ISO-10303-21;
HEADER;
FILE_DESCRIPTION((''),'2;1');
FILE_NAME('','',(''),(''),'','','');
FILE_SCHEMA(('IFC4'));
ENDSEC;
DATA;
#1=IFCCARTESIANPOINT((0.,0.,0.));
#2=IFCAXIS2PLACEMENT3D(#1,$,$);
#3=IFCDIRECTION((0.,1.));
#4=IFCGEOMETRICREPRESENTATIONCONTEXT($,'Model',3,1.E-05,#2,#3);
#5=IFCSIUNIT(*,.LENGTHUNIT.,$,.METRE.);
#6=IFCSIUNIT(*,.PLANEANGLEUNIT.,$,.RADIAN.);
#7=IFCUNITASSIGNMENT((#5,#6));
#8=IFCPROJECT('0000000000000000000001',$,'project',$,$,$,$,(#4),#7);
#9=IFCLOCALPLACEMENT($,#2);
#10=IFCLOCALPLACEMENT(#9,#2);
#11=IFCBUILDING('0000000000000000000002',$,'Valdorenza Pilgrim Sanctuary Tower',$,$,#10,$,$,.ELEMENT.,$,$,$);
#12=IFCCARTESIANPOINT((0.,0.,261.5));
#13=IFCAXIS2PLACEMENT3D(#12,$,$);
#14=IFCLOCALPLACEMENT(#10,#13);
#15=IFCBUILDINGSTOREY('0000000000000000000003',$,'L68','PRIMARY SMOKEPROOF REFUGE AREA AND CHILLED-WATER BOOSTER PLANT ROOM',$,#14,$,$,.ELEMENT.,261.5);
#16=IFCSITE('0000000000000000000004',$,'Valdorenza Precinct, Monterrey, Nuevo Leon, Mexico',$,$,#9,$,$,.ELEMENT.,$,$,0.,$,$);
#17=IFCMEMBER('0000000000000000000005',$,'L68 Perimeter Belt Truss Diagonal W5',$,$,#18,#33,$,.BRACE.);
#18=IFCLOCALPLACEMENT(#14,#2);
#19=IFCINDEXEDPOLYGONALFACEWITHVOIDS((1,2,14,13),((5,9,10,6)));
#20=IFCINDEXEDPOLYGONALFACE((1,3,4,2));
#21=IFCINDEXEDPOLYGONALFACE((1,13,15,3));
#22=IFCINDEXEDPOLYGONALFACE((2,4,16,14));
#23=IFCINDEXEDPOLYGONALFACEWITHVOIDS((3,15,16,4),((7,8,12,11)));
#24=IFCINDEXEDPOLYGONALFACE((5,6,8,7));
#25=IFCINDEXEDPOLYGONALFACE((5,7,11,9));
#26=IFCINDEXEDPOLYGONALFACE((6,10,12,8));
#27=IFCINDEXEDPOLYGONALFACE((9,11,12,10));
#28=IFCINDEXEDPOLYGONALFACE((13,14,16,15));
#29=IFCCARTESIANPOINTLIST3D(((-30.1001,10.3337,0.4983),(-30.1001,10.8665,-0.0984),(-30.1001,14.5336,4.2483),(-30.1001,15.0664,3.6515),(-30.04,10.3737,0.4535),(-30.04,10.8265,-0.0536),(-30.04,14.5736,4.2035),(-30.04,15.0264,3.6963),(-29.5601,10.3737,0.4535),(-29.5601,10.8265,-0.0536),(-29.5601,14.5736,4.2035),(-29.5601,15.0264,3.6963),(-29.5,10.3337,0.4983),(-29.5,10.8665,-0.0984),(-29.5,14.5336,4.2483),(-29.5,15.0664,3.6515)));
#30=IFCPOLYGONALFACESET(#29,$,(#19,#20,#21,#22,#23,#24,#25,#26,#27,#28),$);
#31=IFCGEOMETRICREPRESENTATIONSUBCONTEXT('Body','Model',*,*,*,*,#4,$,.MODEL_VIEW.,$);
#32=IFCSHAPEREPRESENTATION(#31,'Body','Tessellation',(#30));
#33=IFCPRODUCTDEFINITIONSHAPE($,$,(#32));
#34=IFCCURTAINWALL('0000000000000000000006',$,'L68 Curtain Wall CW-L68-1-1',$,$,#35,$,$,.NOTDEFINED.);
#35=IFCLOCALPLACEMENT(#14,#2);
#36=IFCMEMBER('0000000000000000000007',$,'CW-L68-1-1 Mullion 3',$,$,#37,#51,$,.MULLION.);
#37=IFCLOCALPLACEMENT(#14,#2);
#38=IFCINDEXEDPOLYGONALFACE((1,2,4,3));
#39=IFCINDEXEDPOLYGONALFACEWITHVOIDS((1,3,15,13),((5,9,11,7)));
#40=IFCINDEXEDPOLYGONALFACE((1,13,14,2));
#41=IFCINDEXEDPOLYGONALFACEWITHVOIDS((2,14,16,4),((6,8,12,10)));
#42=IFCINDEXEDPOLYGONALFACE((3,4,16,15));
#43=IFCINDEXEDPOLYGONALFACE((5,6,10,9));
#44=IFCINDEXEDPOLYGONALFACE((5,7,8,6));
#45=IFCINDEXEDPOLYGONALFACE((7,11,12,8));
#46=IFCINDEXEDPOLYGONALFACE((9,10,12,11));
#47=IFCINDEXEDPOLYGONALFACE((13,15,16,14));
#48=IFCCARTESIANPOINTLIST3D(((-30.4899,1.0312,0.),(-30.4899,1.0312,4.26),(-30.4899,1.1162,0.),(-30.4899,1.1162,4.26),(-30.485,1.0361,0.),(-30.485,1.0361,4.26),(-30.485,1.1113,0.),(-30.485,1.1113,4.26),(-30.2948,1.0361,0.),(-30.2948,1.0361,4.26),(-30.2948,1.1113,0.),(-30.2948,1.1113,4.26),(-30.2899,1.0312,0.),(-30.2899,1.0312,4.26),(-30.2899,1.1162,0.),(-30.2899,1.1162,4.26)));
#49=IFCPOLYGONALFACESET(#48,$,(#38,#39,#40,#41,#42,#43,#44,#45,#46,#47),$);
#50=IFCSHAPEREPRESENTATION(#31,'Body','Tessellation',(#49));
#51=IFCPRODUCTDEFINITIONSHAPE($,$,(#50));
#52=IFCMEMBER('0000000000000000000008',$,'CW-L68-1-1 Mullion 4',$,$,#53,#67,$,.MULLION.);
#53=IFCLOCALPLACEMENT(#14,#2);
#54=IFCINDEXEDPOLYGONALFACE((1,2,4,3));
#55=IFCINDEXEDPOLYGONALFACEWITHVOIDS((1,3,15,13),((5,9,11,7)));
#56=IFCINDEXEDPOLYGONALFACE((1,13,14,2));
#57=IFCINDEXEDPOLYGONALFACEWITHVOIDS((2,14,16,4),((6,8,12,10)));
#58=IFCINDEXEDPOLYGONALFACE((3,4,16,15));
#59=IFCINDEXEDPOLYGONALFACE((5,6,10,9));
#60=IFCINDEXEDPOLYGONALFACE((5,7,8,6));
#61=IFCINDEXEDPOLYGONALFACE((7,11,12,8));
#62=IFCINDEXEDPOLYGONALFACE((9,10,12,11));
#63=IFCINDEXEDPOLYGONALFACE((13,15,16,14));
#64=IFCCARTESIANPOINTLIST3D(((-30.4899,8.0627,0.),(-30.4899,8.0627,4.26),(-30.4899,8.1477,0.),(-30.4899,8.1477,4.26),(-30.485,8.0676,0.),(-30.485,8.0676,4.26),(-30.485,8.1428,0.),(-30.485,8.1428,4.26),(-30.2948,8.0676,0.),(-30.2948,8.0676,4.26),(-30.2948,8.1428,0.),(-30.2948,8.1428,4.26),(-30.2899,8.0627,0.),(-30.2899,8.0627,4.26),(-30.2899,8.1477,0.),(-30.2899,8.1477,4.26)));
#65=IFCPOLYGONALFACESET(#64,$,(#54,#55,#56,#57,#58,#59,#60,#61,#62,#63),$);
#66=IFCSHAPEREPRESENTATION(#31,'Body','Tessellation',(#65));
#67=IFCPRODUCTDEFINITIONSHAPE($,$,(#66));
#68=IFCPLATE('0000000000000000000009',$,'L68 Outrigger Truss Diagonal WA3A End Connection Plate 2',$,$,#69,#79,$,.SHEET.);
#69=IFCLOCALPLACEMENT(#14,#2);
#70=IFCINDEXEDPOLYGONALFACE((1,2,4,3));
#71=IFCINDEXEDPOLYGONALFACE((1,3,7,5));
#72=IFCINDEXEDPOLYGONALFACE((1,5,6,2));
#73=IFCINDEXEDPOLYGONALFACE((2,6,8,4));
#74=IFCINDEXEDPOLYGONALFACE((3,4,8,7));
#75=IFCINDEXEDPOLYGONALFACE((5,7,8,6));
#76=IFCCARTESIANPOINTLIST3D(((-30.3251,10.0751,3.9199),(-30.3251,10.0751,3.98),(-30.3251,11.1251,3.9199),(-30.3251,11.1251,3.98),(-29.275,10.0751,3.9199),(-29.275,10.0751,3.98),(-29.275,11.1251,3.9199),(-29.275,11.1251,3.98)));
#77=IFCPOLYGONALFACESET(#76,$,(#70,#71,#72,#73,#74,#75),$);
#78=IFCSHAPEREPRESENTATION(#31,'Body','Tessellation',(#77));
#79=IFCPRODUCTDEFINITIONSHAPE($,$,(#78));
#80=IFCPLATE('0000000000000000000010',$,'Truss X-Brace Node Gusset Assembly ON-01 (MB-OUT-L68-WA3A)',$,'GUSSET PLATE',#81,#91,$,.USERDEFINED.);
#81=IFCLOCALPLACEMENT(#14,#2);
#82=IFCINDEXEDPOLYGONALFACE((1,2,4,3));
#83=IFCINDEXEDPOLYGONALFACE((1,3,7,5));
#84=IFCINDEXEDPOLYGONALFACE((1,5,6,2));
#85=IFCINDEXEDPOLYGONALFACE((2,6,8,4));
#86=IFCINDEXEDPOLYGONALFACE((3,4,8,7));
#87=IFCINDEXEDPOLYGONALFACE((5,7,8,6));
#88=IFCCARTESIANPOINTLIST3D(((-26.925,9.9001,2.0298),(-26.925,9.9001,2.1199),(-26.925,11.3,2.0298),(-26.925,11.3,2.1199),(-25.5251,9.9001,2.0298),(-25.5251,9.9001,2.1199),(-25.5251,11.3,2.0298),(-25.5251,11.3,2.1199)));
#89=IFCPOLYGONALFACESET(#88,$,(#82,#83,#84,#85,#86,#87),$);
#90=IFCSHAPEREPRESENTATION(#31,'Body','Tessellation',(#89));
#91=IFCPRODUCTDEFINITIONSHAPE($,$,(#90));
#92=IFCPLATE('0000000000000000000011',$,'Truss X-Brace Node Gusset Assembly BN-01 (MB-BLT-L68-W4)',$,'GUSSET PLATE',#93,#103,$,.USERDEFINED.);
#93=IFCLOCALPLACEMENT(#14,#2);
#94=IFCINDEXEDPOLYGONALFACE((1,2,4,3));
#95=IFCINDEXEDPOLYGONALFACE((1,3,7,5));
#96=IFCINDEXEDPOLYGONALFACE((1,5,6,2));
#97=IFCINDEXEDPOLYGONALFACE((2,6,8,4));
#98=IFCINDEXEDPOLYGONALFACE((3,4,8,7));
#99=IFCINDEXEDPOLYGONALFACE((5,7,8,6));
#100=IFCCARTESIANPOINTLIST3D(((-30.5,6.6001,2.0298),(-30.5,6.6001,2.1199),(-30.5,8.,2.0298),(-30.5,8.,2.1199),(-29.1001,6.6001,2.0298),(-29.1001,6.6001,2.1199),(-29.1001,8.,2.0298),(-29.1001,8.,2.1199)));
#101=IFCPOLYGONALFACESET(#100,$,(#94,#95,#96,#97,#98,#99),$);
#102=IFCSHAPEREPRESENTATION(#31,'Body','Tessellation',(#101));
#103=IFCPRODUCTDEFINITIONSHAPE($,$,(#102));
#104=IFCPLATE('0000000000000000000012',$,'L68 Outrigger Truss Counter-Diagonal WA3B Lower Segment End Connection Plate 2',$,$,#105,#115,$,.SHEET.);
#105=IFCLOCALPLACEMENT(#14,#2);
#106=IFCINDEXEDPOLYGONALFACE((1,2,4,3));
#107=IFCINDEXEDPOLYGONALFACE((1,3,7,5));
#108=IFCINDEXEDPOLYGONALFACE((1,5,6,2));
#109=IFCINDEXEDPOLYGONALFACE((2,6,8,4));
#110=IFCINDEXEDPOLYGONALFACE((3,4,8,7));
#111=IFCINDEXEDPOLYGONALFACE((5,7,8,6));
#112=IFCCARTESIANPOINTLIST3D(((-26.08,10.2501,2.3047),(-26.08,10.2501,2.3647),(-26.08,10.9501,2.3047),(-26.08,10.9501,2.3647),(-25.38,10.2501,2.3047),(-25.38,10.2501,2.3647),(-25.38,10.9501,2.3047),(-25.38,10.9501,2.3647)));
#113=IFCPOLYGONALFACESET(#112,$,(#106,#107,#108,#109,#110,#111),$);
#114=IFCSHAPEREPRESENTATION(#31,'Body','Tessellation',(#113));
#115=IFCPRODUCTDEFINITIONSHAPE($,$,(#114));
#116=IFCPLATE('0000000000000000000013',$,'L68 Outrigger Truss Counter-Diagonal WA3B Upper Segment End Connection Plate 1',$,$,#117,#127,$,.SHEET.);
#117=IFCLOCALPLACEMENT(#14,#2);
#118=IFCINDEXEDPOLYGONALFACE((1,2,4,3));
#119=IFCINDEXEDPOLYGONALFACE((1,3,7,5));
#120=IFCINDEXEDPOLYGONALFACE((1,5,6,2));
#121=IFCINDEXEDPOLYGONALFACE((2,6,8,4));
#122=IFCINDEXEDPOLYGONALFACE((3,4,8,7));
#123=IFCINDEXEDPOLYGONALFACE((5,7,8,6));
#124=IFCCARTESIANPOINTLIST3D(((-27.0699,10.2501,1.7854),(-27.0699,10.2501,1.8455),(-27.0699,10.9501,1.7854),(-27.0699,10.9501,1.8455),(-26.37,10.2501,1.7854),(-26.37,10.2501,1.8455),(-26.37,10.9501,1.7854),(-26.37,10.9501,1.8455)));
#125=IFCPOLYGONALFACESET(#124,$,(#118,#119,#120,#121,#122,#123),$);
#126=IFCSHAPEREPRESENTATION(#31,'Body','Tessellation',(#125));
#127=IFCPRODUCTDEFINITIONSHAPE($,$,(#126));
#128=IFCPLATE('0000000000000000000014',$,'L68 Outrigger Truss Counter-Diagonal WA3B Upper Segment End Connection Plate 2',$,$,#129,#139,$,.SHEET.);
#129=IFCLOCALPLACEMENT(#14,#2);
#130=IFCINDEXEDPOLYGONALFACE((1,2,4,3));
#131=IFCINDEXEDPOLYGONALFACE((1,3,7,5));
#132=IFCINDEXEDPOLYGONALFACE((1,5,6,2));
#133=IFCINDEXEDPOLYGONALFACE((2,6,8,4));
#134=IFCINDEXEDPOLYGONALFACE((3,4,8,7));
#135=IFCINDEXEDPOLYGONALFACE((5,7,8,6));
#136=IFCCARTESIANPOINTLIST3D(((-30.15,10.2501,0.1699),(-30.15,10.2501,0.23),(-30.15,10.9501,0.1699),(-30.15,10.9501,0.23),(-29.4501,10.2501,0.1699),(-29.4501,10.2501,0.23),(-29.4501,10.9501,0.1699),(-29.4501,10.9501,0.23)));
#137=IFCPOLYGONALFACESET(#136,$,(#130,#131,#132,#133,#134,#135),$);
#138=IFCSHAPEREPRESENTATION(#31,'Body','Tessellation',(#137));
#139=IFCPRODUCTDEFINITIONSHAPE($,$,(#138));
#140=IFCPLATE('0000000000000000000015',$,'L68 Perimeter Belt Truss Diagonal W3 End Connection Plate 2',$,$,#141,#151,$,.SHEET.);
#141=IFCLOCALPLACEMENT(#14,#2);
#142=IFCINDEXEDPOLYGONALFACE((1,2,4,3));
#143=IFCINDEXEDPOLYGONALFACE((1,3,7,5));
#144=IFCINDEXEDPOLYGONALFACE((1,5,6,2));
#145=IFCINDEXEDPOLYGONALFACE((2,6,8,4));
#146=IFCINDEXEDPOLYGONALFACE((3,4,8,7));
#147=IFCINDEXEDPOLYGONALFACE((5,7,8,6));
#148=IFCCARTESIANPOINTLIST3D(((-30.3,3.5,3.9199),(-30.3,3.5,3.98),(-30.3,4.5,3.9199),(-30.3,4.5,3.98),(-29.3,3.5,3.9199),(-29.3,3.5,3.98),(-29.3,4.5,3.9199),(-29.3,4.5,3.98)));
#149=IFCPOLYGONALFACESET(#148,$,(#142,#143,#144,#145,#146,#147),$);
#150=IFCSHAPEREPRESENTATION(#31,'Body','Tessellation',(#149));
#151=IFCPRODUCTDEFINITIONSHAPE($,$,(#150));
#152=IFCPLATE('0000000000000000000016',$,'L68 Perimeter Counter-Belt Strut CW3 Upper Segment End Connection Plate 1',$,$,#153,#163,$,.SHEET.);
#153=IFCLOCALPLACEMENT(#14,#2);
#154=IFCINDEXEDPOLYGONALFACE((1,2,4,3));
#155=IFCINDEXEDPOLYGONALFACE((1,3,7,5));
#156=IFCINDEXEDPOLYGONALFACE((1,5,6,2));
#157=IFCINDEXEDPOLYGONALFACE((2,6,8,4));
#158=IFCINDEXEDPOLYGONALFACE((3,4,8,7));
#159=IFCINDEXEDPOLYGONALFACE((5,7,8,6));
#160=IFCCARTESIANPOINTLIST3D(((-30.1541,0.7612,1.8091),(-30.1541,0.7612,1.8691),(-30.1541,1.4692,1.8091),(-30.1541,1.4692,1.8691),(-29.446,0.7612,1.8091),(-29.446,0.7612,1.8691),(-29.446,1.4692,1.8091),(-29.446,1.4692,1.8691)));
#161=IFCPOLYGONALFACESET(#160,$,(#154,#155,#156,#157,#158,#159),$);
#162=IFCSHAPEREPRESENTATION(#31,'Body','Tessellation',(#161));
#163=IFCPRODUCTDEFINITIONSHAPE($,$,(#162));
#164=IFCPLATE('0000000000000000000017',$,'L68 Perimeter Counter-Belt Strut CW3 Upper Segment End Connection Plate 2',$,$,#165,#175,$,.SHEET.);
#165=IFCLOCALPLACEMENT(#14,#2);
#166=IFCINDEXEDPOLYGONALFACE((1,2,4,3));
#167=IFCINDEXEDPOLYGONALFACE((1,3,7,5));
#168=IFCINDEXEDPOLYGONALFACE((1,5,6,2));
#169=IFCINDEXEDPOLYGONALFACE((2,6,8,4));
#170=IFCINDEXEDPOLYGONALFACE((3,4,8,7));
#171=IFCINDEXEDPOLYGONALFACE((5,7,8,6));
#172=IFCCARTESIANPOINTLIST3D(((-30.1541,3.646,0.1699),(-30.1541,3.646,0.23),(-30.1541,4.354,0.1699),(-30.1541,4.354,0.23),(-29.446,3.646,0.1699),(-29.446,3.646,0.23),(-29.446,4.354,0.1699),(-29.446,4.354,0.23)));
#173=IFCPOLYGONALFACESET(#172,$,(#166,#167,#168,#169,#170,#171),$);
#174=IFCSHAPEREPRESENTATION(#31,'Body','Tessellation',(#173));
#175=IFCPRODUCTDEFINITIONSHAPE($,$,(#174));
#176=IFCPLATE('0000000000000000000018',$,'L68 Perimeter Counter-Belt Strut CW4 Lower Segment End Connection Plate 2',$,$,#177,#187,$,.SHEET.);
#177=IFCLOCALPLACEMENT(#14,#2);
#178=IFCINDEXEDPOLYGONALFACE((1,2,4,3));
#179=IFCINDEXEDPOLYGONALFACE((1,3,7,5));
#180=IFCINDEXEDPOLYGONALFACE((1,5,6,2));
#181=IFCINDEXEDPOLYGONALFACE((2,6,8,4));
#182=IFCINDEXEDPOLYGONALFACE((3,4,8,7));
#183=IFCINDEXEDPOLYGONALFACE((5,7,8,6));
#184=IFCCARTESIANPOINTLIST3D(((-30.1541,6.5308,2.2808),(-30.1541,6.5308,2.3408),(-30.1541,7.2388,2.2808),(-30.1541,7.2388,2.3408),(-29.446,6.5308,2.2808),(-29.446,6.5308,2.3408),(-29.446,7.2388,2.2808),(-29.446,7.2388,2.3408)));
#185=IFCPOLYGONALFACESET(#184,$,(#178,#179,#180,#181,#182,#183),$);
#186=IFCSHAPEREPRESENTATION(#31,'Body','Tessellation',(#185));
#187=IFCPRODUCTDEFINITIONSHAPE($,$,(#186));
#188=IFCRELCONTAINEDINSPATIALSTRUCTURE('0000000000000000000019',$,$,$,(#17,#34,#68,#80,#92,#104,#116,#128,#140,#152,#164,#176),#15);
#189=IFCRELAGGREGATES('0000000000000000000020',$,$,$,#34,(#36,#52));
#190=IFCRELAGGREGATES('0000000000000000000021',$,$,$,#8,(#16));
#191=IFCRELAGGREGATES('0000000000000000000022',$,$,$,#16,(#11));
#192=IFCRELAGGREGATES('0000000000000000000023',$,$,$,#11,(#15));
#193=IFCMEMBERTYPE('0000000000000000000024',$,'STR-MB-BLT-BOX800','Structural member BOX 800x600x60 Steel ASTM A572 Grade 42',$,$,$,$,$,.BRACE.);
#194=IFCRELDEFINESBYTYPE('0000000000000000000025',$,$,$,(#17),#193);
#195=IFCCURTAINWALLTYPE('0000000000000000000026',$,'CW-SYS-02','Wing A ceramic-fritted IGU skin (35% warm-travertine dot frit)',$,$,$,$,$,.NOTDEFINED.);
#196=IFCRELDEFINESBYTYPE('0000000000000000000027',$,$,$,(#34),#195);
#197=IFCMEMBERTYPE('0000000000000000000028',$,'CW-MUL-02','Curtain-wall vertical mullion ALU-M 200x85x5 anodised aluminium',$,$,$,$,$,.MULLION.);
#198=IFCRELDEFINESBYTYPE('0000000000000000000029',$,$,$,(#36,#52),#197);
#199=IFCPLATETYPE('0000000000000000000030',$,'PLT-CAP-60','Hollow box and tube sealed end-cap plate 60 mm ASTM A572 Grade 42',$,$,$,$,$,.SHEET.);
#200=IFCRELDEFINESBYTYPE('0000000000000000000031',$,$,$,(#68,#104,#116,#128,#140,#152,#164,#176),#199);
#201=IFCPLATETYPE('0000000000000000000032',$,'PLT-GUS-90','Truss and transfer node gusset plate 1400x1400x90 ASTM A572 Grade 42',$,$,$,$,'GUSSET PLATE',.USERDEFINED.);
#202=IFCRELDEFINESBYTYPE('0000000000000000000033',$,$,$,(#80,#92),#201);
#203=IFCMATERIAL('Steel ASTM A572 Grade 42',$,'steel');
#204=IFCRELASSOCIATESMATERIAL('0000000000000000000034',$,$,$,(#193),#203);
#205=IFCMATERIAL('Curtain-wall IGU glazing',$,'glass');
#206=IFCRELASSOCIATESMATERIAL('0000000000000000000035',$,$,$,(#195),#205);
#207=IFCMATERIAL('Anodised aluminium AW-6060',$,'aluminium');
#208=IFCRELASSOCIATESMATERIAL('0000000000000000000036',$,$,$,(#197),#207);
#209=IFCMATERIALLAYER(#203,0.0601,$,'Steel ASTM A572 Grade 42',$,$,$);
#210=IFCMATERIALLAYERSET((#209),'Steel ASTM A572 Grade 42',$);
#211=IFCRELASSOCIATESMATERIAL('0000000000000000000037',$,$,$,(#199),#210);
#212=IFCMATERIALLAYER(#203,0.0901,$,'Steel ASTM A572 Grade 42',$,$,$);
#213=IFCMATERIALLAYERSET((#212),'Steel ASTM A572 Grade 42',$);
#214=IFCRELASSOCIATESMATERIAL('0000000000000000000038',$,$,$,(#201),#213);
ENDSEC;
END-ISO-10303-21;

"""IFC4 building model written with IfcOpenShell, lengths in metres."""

from ifc_helpers import new_model, si_unit, direction, frame, origin, origin_2d, place, context, subcontext, project, spatial, rectangle, hollow_rectangle, extrude, source, transform, mapped, material, layer, layer_set, material_profile, profile_set, type_object, element, aggregate, save


model = new_model("IFC4")

# Units and contexts
model_context = context("Model", 3, precision=1e-05, world=origin(), true_north=direction((0.0, 1.0)))
body_context = subcontext(model_context, "Body", "Model", "MODEL_VIEW")
ifc_project = project(units=[si_unit("LENGTHUNIT", "METRE"), si_unit("PLANEANGLEUNIT", "RADIAN")], contexts=[model_context])

# Site, building, storey
site_placement = place(None, origin())
site = spatial("IfcSite", under=ifc_project, at=site_placement, Name="Valdorenza Precinct, Monterrey, Nuevo Leon, Mexico", CompositionType="ELEMENT", RefElevation=0.0)
building_placement = place(site_placement, origin())
building = spatial("IfcBuilding", under=site, at=building_placement, Name="Valdorenza Pilgrim Sanctuary Tower", CompositionType="ELEMENT")
storey_placement = place(building_placement, frame((0.0, 0.0, 261.5)))
storey = spatial("IfcBuildingStorey", under=building, at=storey_placement, Name="L68", Description="PRIMARY SMOKEPROOF REFUGE AREA AND CHILLED-WATER BOOSTER PLANT ROOM", CompositionType="ELEMENT", Elevation=261.5)

# Member
ifc_material_1 = material(Name="Steel ASTM A572 Grade 42", Category="steel")
ifc_material_profile_1 = material_profile(ifc_material_1, hollow_rectangle(XDim=0.6001, YDim=0.8, WallThickness=0.0601, at=origin_2d()), Name="BOX 800x600x60")
ifc_profile_set_1 = profile_set([ifc_material_profile_1], Name="Steel ASTM A572 Grade 42")
member_type_1 = type_object("IfcMemberType", Name="STR-MB-BLT-BOX800", Description="Structural member BOX 800x600x60 Steel ASTM A572 Grade 42", PredefinedType="BRACE", material=ifc_profile_set_1)
shared_shape_1 = source(origin(), body_context, "Body", "SweptSolid", [
    extrude(hollow_rectangle(XDim=0.6001, YDim=0.8, WallThickness=0.0601, at=origin_2d()), origin(), (0.0, 0.0, 1.0), 5.6304),
])
member_1_placement = place(storey_placement, frame((-29.8, 10.6001, 0.2), z_axis=(0.0, 0.745934, 0.66602), x_axis=(-1.0, 0.0, 0.0)))
element("IfcMember", 1, at=member_1_placement, inside=storey, type_object=member_type_1, Name="L68 Perimeter Belt Truss Diagonal W5", PredefinedType="BRACE", context=body_context, shape_type="MappedRepresentation", body=[
    mapped(shared_shape_1, transform((0.0, 0.0, 0.0), x_axis=(1.0, 0.0, 0.0), y_axis=(0.0, 1.0, 0.0), z_axis=(0.0, 0.0, 1.0), scale=1.0)),
])

# Curtain wall, members
ifc_material_2 = material(Name="Curtain-wall IGU glazing", Category="glass")
curtain_wall_type = type_object("IfcCurtainWallType", Name="CW-SYS-02", Description="Wing A ceramic-fritted IGU skin (35% warm-travertine dot frit)", PredefinedType="NOTDEFINED", material=ifc_material_2)
curtain_wall_placement = place(storey_placement, origin())
curtain_wall = element("IfcCurtainWall", 2, at=curtain_wall_placement, inside=storey, type_object=curtain_wall_type, Name="L68 Curtain Wall CW-L68-1-1", PredefinedType="NOTDEFINED")
ifc_material_3 = material(Name="Anodised aluminium AW-6060", Category="aluminium")
ifc_material_profile_2 = material_profile(ifc_material_3, hollow_rectangle(XDim=0.085, YDim=0.2, WallThickness=0.0049, at=origin_2d()), Name="ALU-M 200x85x5")
ifc_profile_set_2 = profile_set([ifc_material_profile_2], Name="Anodised aluminium AW-6060")
member_type_2 = type_object("IfcMemberType", Name="CW-MUL-02", Description="Curtain-wall vertical mullion ALU-M 200x85x5 anodised aluminium", PredefinedType="MULLION", material=ifc_profile_set_2)
shared_shape_2 = source(origin(), body_context, "Body", "SweptSolid", [
    extrude(hollow_rectangle(XDim=0.085, YDim=0.2, WallThickness=0.0049, at=origin_2d()), origin(), (0.0, 0.0, 1.0), 4.26),
])
member_2_placement = place(storey_placement, frame((-30.3899, 1.0737, 0.0), z_axis=(0.0, 0.0, 1.0), x_axis=(0.0, 1.0, 0.0)))
member_2 = element("IfcMember", 3, at=member_2_placement, type_object=member_type_2, Name="CW-L68-1-1 Mullion 3", PredefinedType="MULLION", context=body_context, shape_type="MappedRepresentation", body=[
    mapped(shared_shape_2, transform((0.0, 0.0, 0.0), x_axis=(1.0, 0.0, 0.0), y_axis=(0.0, 1.0, 0.0), z_axis=(0.0, 0.0, 1.0), scale=1.0)),
])
member_3_placement = place(storey_placement, frame((-30.3899, 8.1052, 0.0), z_axis=(0.0, 0.0, 1.0), x_axis=(0.0, 1.0, 0.0)))
member_3 = element("IfcMember", 4, at=member_3_placement, type_object=member_type_2, Name="CW-L68-1-1 Mullion 4", PredefinedType="MULLION", context=body_context, shape_type="MappedRepresentation", body=[
    mapped(shared_shape_2, transform((0.0, 0.0, 0.0), x_axis=(1.0, 0.0, 0.0), y_axis=(0.0, 1.0, 0.0), z_axis=(0.0, 0.0, 1.0), scale=1.0)),
])

# Plates
ifc_layer_1 = layer(ifc_material_1, 0.0601, Name="Steel ASTM A572 Grade 42")
ifc_layer_set_1 = layer_set([ifc_layer_1], Name="Steel ASTM A572 Grade 42")
plate_type_1 = type_object("IfcPlateType", Name="PLT-CAP-60", Description="Hollow box and tube sealed end-cap plate 60 mm ASTM A572 Grade 42", PredefinedType="SHEET", material=ifc_layer_set_1)
shared_shape_3 = source(origin(), body_context, "Body", "SweptSolid", [
    extrude(rectangle(XDim=1.05, YDim=1.05, at=origin_2d()), origin(), (0.0, 0.0, 1.0), 0.0601),
])
plate_1_placement = place(storey_placement, frame((-29.8, 10.6001, 3.9199), z_axis=(0.0, 0.0, 1.0), x_axis=(1.0, 0.0, 0.0)))
element("IfcPlate", 5, at=plate_1_placement, inside=storey, type_object=plate_type_1, Name="L68 Outrigger Truss Diagonal WA3A End Connection Plate 2", PredefinedType="SHEET", context=body_context, shape_type="MappedRepresentation", body=[
    mapped(shared_shape_3, transform((0.0, 0.0, 0.0), x_axis=(1.0, 0.0, 0.0), y_axis=(0.0, 1.0, 0.0), z_axis=(0.0, 0.0, 1.0), scale=1.0)),
])
ifc_layer_2 = layer(ifc_material_1, 0.0901, Name="Steel ASTM A572 Grade 42")
ifc_layer_set_2 = layer_set([ifc_layer_2], Name="Steel ASTM A572 Grade 42")
plate_type_2 = type_object("IfcPlateType", Name="PLT-GUS-90", Description="Truss and transfer node gusset plate 1400x1400x90 ASTM A572 Grade 42", ElementType="GUSSET PLATE", PredefinedType="USERDEFINED", material=ifc_layer_set_2)
shared_shape_4 = source(origin(), body_context, "Body", "SweptSolid", [
    extrude(rectangle(XDim=1.3999, YDim=1.3999, at=origin_2d()), origin(), (0.0, 0.0, 1.0), 0.0901),
])
for number, where, z_axis, x_axis, name in (
    (6, (-26.2251, 10.6001, 2.0298), (0.0, 0.0, 1.0), (1.0, 0.0, 0.0), "Truss X-Brace Node Gusset Assembly ON-01 (MB-OUT-L68-WA3A)"),
    (7, (-29.8, 7.3, 2.0298), (0.0, 0.0, 1.0), (1.0, 0.0, 0.0), "Truss X-Brace Node Gusset Assembly BN-01 (MB-BLT-L68-W4)"),
):
    element("IfcPlate", number, at=place(storey_placement, frame(where, z_axis=z_axis, x_axis=x_axis)), inside=storey, type_object=plate_type_2, Name=name, ObjectType="GUSSET PLATE", PredefinedType="USERDEFINED", context=body_context, shape_type="MappedRepresentation", body=[
        mapped(shared_shape_4, transform((0.0, 0.0, 0.0), x_axis=(1.0, 0.0, 0.0), y_axis=(0.0, 1.0, 0.0), z_axis=(0.0, 0.0, 1.0), scale=1.0)),
    ])
shared_shape_5 = source(origin(), body_context, "Body", "SweptSolid", [
    extrude(rectangle(XDim=0.7, YDim=0.7, at=origin_2d()), origin(), (0.0, 0.0, 1.0), 0.0601),
])
for number, where, z_axis, x_axis, name in (
    (8, (-25.73, 10.6001, 2.3047), (0.0, 0.0, 1.0), (1.0, 0.0, 0.0), "L68 Outrigger Truss Counter-Diagonal WA3B Lower Segment End Connection Plate 2"),
    (9, (-26.72, 10.6001, 1.7854), (0.0, 0.0, 1.0), (1.0, 0.0, 0.0), "L68 Outrigger Truss Counter-Diagonal WA3B Upper Segment End Connection Plate 1"),
    (10, (-29.8, 10.6001, 0.1699), (0.0, 0.0, 1.0), (1.0, 0.0, 0.0), "L68 Outrigger Truss Counter-Diagonal WA3B Upper Segment End Connection Plate 2"),
):
    element("IfcPlate", number, at=place(storey_placement, frame(where, z_axis=z_axis, x_axis=x_axis)), inside=storey, type_object=plate_type_1, Name=name, PredefinedType="SHEET", context=body_context, shape_type="MappedRepresentation", body=[
        mapped(shared_shape_5, transform((0.0, 0.0, 0.0), x_axis=(1.0, 0.0, 0.0), y_axis=(0.0, 1.0, 0.0), z_axis=(0.0, 0.0, 1.0), scale=1.0)),
    ])
shared_shape_6 = source(origin(), body_context, "Body", "SweptSolid", [
    extrude(rectangle(XDim=1.0, YDim=1.0, at=origin_2d()), origin(), (0.0, 0.0, 1.0), 0.0601),
])
plate_2_placement = place(storey_placement, frame((-29.8, 4.0, 3.9199), z_axis=(0.0, 0.0, 1.0), x_axis=(1.0, 0.0, 0.0)))
element("IfcPlate", 11, at=plate_2_placement, inside=storey, type_object=plate_type_1, Name="L68 Perimeter Belt Truss Diagonal W3 End Connection Plate 2", PredefinedType="SHEET", context=body_context, shape_type="MappedRepresentation", body=[
    mapped(shared_shape_6, transform((0.0, 0.0, 0.0), x_axis=(1.0, 0.0, 0.0), y_axis=(0.0, 1.0, 0.0), z_axis=(0.0, 0.0, 1.0), scale=1.0)),
])
shared_shape_7 = source(origin(), body_context, "Body", "SweptSolid", [
    extrude(rectangle(XDim=0.708, YDim=0.708, at=origin_2d()), origin(), (0.0, 0.0, 1.0), 0.0601),
])
for number, where, z_axis, x_axis, name in (
    (12, (-29.8, 1.1152, 1.8091), (0.0, 0.0, 1.0), (1.0, 0.0, 0.0), "L68 Perimeter Counter-Belt Strut CW3 Upper Segment End Connection Plate 1"),
    (13, (-29.8, 4.0, 0.1699), (0.0, 0.0, 1.0), (1.0, 0.0, 0.0), "L68 Perimeter Counter-Belt Strut CW3 Upper Segment End Connection Plate 2"),
    (14, (-29.8, 6.8848, 2.2808), (0.0, 0.0, 1.0), (1.0, 0.0, 0.0), "L68 Perimeter Counter-Belt Strut CW4 Lower Segment End Connection Plate 2"),
):
    element("IfcPlate", number, at=place(storey_placement, frame(where, z_axis=z_axis, x_axis=x_axis)), inside=storey, type_object=plate_type_1, Name=name, PredefinedType="SHEET", context=body_context, shape_type="MappedRepresentation", body=[
        mapped(shared_shape_7, transform((0.0, 0.0, 0.0), x_axis=(1.0, 0.0, 0.0), y_axis=(0.0, 1.0, 0.0), z_axis=(0.0, 0.0, 1.0), scale=1.0)),
    ])

aggregate(curtain_wall, [member_2, member_3])

save(model, "model.ifc")
